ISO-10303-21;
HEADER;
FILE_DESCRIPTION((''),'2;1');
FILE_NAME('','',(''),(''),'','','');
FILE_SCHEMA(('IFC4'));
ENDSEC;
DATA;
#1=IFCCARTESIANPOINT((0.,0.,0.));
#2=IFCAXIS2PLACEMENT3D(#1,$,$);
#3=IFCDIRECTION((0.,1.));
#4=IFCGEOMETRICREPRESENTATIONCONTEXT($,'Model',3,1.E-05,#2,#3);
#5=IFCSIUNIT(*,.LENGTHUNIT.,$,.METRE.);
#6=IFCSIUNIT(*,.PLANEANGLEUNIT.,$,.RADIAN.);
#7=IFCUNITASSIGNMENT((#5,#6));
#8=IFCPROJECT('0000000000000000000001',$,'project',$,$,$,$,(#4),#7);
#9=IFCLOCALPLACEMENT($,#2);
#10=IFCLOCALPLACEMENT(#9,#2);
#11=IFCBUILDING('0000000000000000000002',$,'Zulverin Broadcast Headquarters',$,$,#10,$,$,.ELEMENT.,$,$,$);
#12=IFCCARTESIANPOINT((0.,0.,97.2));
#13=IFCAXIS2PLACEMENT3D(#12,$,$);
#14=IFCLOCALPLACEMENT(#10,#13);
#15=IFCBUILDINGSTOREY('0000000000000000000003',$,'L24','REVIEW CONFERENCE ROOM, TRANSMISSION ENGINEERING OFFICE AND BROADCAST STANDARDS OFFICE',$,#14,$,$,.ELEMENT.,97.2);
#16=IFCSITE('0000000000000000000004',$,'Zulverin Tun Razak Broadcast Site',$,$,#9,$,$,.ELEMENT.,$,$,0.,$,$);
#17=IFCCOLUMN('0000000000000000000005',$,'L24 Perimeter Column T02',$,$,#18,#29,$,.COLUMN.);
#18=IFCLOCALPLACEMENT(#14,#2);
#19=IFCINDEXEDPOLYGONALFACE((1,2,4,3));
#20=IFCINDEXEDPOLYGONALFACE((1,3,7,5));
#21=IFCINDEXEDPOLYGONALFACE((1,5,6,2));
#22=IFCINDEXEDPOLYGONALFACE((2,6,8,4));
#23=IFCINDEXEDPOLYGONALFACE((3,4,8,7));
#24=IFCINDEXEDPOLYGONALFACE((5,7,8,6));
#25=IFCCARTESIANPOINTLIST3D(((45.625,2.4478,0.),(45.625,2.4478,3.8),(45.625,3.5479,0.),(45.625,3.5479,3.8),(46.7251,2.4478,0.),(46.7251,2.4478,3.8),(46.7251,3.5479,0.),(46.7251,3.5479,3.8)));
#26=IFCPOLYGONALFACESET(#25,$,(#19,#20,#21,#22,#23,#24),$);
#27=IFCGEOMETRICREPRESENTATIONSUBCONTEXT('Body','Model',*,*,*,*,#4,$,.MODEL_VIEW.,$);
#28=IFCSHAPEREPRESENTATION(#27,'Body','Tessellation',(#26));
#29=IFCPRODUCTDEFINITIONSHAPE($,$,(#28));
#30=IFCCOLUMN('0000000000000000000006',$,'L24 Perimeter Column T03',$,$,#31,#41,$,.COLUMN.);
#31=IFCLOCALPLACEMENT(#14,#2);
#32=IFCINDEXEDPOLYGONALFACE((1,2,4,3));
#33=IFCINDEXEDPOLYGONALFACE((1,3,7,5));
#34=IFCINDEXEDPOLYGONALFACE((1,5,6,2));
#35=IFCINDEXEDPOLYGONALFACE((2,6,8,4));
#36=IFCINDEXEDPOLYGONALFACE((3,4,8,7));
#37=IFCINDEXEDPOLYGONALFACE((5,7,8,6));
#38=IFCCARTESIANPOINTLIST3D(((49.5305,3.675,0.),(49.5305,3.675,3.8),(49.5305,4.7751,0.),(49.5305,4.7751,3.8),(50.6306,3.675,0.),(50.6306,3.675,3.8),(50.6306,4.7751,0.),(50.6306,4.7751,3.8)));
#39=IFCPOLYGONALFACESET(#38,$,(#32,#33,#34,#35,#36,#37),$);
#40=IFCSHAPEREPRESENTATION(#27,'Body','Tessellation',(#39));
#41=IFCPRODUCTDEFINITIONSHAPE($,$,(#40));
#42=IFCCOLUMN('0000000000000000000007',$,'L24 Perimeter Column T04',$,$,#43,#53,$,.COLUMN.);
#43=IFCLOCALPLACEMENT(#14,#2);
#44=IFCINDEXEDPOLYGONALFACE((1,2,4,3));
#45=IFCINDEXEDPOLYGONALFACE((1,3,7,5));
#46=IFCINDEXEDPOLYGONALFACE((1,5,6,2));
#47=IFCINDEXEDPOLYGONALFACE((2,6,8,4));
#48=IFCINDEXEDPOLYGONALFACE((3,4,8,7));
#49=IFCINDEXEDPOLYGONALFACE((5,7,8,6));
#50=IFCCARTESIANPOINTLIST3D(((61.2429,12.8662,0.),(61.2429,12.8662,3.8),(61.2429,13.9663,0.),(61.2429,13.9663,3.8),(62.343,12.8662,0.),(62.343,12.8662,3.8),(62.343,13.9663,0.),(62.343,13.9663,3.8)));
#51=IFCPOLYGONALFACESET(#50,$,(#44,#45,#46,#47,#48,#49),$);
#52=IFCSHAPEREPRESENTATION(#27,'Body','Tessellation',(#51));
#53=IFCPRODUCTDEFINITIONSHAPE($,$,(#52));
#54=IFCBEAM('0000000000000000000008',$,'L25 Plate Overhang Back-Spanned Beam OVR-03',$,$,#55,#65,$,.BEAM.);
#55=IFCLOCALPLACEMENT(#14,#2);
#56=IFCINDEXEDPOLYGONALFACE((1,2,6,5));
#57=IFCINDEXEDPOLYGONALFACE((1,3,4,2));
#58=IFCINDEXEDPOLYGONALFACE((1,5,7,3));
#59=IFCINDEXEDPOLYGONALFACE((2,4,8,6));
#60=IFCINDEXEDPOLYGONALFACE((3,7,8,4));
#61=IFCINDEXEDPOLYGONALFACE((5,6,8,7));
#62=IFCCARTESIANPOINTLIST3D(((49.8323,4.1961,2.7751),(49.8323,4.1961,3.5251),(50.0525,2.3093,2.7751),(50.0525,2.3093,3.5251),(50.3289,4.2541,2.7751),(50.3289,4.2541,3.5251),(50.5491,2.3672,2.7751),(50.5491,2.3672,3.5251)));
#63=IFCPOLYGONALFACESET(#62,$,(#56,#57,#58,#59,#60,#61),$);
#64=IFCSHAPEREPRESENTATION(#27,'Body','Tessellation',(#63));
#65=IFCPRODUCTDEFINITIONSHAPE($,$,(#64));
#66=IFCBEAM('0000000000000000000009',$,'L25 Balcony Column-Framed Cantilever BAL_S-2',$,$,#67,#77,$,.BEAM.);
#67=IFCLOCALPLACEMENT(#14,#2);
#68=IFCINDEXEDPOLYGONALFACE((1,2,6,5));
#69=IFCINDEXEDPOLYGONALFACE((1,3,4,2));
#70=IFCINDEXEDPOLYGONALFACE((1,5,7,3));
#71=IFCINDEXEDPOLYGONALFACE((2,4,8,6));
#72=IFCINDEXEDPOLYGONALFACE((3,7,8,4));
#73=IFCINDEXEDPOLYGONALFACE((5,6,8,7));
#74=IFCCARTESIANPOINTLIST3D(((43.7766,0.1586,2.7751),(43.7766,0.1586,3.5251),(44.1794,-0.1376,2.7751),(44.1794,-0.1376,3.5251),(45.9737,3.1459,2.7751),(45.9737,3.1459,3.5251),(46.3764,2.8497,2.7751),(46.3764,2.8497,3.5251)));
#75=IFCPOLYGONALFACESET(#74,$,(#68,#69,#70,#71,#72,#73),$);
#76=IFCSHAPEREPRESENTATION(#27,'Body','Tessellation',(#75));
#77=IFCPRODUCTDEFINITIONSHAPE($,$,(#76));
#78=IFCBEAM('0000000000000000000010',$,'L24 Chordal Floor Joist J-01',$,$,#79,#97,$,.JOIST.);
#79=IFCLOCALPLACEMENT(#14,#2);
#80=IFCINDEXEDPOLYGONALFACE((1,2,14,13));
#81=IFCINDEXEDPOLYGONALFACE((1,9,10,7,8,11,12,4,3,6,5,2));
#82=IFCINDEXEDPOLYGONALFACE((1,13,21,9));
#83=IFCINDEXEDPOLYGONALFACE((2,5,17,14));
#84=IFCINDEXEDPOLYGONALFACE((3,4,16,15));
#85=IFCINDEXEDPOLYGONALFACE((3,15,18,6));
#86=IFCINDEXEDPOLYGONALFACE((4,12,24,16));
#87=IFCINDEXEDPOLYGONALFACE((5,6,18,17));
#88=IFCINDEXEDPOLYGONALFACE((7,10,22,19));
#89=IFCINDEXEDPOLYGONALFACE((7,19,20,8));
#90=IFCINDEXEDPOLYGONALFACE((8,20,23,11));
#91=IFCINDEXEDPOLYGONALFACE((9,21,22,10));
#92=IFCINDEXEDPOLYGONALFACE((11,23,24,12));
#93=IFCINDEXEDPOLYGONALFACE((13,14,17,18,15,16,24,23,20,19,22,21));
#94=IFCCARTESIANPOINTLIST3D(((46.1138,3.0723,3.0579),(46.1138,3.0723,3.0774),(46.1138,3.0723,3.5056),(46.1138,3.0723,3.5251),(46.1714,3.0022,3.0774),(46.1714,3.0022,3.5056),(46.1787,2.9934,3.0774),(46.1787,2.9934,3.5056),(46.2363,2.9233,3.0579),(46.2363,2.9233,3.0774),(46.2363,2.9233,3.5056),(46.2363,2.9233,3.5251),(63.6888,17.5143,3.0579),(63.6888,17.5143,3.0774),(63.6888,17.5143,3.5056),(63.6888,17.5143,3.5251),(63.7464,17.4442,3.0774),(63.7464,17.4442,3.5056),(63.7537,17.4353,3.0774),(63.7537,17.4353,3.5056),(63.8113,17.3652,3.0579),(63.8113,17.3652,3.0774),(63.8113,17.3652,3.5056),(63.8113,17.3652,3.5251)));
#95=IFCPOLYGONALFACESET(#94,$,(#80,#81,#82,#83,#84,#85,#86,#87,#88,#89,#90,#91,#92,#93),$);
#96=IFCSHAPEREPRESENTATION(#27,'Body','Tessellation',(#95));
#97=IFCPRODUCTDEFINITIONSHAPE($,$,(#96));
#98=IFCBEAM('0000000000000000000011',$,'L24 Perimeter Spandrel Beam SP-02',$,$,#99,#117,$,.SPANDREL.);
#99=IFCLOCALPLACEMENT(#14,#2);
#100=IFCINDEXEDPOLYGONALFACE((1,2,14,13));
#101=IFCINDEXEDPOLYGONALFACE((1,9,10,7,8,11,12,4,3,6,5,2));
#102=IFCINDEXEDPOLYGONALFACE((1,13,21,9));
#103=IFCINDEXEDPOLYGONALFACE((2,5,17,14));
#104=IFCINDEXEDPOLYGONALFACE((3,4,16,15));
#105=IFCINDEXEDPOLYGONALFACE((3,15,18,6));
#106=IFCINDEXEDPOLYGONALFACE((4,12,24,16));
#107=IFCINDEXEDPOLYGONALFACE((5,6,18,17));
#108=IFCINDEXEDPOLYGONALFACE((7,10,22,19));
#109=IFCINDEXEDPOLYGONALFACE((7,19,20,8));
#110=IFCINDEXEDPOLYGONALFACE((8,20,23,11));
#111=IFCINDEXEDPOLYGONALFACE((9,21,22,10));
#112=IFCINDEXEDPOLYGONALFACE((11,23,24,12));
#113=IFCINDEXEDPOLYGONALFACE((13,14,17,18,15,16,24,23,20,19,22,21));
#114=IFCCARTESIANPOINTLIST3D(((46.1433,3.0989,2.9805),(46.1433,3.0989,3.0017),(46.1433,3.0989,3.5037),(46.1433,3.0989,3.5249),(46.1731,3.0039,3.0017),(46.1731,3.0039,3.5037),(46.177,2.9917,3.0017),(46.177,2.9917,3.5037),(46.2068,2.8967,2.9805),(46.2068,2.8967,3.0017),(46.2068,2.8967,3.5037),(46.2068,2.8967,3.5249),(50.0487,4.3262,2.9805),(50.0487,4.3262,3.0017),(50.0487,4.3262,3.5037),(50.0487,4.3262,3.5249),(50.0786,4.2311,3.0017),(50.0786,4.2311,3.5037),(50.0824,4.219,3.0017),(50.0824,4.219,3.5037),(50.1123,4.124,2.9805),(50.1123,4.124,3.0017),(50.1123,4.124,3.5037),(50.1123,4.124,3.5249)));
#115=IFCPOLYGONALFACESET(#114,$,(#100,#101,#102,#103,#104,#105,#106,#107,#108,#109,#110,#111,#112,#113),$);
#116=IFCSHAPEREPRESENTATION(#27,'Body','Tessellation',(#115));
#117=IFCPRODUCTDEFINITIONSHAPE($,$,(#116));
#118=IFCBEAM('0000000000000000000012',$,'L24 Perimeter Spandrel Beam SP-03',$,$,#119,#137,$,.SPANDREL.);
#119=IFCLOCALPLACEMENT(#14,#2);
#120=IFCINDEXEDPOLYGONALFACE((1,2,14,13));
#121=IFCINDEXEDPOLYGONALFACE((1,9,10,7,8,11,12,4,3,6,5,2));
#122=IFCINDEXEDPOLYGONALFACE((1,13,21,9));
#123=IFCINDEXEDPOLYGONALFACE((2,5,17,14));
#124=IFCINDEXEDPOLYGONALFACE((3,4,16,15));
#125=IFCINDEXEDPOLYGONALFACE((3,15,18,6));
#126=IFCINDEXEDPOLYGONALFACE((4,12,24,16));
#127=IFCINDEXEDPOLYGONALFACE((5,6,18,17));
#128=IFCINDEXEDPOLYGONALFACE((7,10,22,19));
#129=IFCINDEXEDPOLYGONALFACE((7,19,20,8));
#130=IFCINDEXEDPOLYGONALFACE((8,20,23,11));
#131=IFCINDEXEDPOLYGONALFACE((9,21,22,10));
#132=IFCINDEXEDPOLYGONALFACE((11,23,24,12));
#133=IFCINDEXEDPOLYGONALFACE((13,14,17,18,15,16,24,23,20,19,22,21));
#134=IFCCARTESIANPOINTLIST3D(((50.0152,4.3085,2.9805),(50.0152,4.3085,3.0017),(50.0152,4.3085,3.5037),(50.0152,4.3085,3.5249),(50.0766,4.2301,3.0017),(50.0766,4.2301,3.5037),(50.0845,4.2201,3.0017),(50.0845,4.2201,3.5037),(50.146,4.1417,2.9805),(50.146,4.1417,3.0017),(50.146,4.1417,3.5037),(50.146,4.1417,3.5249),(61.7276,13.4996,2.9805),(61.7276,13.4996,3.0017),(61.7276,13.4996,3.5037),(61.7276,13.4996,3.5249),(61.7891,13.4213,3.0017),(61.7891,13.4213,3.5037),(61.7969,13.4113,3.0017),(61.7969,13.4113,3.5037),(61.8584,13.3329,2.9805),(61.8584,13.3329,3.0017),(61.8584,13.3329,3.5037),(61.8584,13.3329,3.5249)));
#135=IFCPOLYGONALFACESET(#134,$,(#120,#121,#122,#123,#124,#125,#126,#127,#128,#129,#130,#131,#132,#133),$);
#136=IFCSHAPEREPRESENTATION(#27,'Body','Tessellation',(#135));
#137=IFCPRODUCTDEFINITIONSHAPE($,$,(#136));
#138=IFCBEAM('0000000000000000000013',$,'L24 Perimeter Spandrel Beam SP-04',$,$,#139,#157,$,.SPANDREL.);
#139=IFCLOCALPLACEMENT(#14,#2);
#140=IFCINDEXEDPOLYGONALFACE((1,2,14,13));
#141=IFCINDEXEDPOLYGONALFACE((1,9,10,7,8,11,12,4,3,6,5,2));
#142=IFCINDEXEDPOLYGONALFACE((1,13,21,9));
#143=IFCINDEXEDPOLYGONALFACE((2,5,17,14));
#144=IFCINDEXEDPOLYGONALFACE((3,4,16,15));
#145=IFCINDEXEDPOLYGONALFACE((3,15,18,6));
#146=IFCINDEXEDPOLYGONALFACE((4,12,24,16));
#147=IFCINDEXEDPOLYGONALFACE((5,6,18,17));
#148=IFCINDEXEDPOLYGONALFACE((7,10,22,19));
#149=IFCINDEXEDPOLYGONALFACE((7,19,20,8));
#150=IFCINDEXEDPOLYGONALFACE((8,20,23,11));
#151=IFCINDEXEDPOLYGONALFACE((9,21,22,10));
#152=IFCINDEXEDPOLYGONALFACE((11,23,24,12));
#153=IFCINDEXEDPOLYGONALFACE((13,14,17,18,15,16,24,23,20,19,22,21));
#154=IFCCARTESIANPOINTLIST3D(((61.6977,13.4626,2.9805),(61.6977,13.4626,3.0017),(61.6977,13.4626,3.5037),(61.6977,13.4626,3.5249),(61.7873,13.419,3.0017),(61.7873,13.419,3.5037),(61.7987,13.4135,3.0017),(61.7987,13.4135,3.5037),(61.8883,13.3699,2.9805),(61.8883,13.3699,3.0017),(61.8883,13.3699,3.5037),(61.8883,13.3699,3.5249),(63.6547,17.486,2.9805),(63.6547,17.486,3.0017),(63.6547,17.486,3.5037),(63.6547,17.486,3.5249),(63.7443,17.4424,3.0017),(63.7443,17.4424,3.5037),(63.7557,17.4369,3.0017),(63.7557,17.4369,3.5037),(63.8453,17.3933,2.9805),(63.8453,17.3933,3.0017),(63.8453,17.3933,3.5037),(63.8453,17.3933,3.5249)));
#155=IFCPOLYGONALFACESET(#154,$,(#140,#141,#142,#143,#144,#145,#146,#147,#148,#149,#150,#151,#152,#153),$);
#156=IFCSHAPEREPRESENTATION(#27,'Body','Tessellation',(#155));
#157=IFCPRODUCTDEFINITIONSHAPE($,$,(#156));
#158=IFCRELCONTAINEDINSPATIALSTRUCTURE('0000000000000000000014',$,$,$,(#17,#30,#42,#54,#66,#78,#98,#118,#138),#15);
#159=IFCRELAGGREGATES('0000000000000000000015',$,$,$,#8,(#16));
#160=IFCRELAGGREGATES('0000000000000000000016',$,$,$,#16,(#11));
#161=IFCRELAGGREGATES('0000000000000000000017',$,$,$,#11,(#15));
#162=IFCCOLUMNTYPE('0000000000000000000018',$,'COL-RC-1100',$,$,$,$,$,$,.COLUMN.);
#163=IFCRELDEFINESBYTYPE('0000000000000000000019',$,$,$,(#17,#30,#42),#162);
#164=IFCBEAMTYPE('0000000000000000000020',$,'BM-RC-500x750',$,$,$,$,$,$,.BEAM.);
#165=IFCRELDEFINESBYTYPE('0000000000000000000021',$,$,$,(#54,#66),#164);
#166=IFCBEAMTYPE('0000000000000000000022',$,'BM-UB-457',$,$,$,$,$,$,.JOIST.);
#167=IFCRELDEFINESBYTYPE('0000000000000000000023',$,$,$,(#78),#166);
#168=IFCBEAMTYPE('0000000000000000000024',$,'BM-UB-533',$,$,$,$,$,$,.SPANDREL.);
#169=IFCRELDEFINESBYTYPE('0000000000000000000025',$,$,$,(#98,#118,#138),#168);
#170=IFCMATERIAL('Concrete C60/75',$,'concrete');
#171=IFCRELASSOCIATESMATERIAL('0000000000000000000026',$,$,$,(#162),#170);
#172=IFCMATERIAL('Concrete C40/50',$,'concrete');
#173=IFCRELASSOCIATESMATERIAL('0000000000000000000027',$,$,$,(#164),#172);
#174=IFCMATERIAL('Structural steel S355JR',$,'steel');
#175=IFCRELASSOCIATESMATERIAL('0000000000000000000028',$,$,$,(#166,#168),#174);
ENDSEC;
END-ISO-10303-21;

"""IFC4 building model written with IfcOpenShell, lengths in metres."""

from ifc_helpers import new_model, si_unit, direction, frame, origin, origin_2d, place, context, subcontext, project, spatial, rectangle, i_section, extrude, material, material_profile, profile_set, type_object, element, save


model = new_model("IFC4")

# Units and contexts
model_context = context("Model", 3, precision=1e-05, world=origin(), true_north=direction((0.0, 1.0)))
body_context = subcontext(model_context, "Body", "Model", "MODEL_VIEW")
ifc_project = project(units=[si_unit("LENGTHUNIT", "METRE"), si_unit("PLANEANGLEUNIT", "RADIAN")], contexts=[model_context])

# Site, building, storey
site_placement = place(None, origin())
site = spatial("IfcSite", under=ifc_project, at=site_placement, Name="Zulverin Tun Razak Broadcast Site", CompositionType="ELEMENT", RefElevation=0.0)
building_placement = place(site_placement, origin())
building = spatial("IfcBuilding", under=site, at=building_placement, Name="Zulverin Broadcast Headquarters", CompositionType="ELEMENT")
storey_placement = place(building_placement, frame((0.0, 0.0, 97.2)))
storey = spatial("IfcBuildingStorey", under=building, at=storey_placement, Name="L24", Description="REVIEW CONFERENCE ROOM, TRANSMISSION ENGINEERING OFFICE AND BROADCAST STANDARDS OFFICE", CompositionType="ELEMENT", Elevation=97.2)

# Columns
ifc_material_1 = material(Name="Concrete C60/75", Category="concrete")
ifc_material_profile_1 = material_profile(ifc_material_1, rectangle(XDim=1.1001, YDim=1.1001, at=origin_2d()), Name="Concrete C60/75", Category="concrete")
ifc_profile_set_1 = profile_set([ifc_material_profile_1], Name="Concrete C60/75")
column_type = type_object("IfcColumnType", Name="COL-RC-1100", PredefinedType="COLUMN", material=ifc_profile_set_1)
for number, where, z_axis, x_axis, name in (
    (1, (46.175, 2.9978, 0.0), (0.0, 0.0, 1.0), (1.0, 0.0, 0.0), "L24 Perimeter Column T02"),
    (2, (50.0806, 4.2251, 0.0), (0.0, 0.0, 1.0), (1.0, 0.0, 0.0), "L24 Perimeter Column T03"),
    (3, (61.793, 13.4163, 0.0), (0.0, 0.0, 1.0), (1.0, 0.0, 0.0), "L24 Perimeter Column T04"),
):
    element("IfcColumn", number, at=place(storey_placement, frame(where, z_axis=z_axis, x_axis=x_axis)), inside=storey, type_object=column_type, Name=name, PredefinedType="COLUMN", context=body_context, shape_type="SweptSolid", body=[
        extrude(rectangle(XDim=1.1001, YDim=1.1001, at=origin_2d()), origin(), (0.0, 0.0, 1.0), 3.8),
    ])

# Beams
ifc_material_2 = material(Name="Concrete C40/50", Category="concrete")
ifc_material_profile_2 = material_profile(ifc_material_2, rectangle(XDim=0.5, YDim=0.75, at=origin_2d()), Name="Concrete C40/50", Category="concrete")
ifc_profile_set_2 = profile_set([ifc_material_profile_2], Name="Concrete C40/50")
beam_type_1 = type_object("IfcBeamType", Name="BM-RC-500x750", PredefinedType="BEAM", material=ifc_profile_set_2)
beam_1_placement = place(storey_placement, frame((50.0806, 4.2251, 3.1501), z_axis=(0.115917, -0.993259, 0.0), x_axis=(0.993259, 0.115917, 0.0)))
element("IfcBeam", 4, at=beam_1_placement, inside=storey, type_object=beam_type_1, Name="L25 Plate Overhang Back-Spanned Beam OVR-03", PredefinedType="BEAM", context=body_context, shape_type="SweptSolid", body=[
    extrude(rectangle(XDim=0.5, YDim=0.75, at=origin_2d()), origin(), (0.0, 0.0, 1.0), 1.8997),
])
beam_2_placement = place(storey_placement, frame((46.175, 2.9978, 3.1501), z_axis=(-0.592473, -0.80559, 0.0), x_axis=(0.80559, -0.592473, 0.0)))
element("IfcBeam", 5, at=beam_2_placement, inside=storey, type_object=beam_type_1, Name="L25 Balcony Column-Framed Cantilever BAL_S-2", PredefinedType="BEAM", context=body_context, shape_type="SweptSolid", body=[
    extrude(rectangle(XDim=0.5, YDim=0.75, at=origin_2d()), origin(), (0.0, 0.0, 1.0), 3.7083),
])
ifc_material_3 = material(Name="Structural steel S355JR", Category="steel")
ifc_material_profile_3 = material_profile(ifc_material_3, i_section(OverallWidth=0.1929, OverallDepth=0.4673, WebThickness=0.0115, FlangeThickness=0.0195, at=origin_2d()), Name="Structural steel S355JR", Category="steel")
ifc_profile_set_3 = profile_set([ifc_material_profile_3], Name="Structural steel S355JR")
beam_type_2 = type_object("IfcBeamType", Name="BM-UB-457", PredefinedType="JOIST", material=ifc_profile_set_3)
beam_3_placement = place(storey_placement, frame((46.175, 2.9978, 3.2915), z_axis=(0.772611, 0.634879, 0.0), x_axis=(-0.634879, 0.772611, 0.0)))
element("IfcBeam", 6, at=beam_3_placement, inside=storey, type_object=beam_type_2, Name="L24 Chordal Floor Joist J-01", PredefinedType="JOIST", context=body_context, shape_type="SweptSolid", body=[
    extrude(i_section(OverallWidth=0.1929, OverallDepth=0.4673, WebThickness=0.0115, FlangeThickness=0.0195, at=origin_2d()), origin(), (0.0, 0.0, 1.0), 22.7476),
])
ifc_material_profile_4 = material_profile(ifc_material_3, i_section(OverallWidth=0.2119, OverallDepth=0.5444, WebThickness=0.0127, FlangeThickness=0.0212, at=origin_2d()), Name="Structural steel S355JR", Category="steel")
ifc_profile_set_4 = profile_set([ifc_material_profile_4], Name="Structural steel S355JR")
beam_type_3 = type_object("IfcBeamType", Name="BM-UB-533", PredefinedType="SPANDREL", material=ifc_profile_set_4)
beam_4_placement = place(storey_placement, frame((46.175, 2.9978, 3.2527), z_axis=(0.954004, 0.299792, 0.0), x_axis=(-0.299792, 0.954004, 0.0)))
element("IfcBeam", 7, at=beam_4_placement, inside=storey, type_object=beam_type_3, Name="L24 Perimeter Spandrel Beam SP-02", PredefinedType="SPANDREL", context=body_context, shape_type="SweptSolid", body=[
    extrude(i_section(OverallWidth=0.2119, OverallDepth=0.5444, WebThickness=0.0127, FlangeThickness=0.0212, at=origin_2d()), origin(), (0.0, 0.0, 1.0), 4.0938),
])
beam_5_placement = place(storey_placement, frame((50.0806, 4.2251, 3.2527), z_axis=(0.786691, 0.617346, 0.0), x_axis=(-0.617346, 0.786691, 0.0)))
element("IfcBeam", 8, at=beam_5_placement, inside=storey, type_object=beam_type_3, Name="L24 Perimeter Spandrel Beam SP-03", PredefinedType="SPANDREL", context=body_context, shape_type="SweptSolid", body=[
    extrude(i_section(OverallWidth=0.2119, OverallDepth=0.5444, WebThickness=0.0127, FlangeThickness=0.0212, at=origin_2d()), origin(), (0.0, 0.0, 1.0), 14.8882),
])
beam_6_placement = place(storey_placement, frame((61.793, 13.4163, 3.2527), z_axis=(0.437408, 0.899263, 0.0), x_axis=(-0.899263, 0.437408, 0.0)))
element("IfcBeam", 9, at=beam_6_placement, inside=storey, type_object=beam_type_3, Name="L24 Perimeter Spandrel Beam SP-04", PredefinedType="SPANDREL", context=body_context, shape_type="SweptSolid", body=[
    extrude(i_section(OverallWidth=0.2119, OverallDepth=0.5444, WebThickness=0.0127, FlangeThickness=0.0212, at=origin_2d()), origin(), (0.0, 0.0, 1.0), 4.4741),
])

save(model, "model.ifc")
